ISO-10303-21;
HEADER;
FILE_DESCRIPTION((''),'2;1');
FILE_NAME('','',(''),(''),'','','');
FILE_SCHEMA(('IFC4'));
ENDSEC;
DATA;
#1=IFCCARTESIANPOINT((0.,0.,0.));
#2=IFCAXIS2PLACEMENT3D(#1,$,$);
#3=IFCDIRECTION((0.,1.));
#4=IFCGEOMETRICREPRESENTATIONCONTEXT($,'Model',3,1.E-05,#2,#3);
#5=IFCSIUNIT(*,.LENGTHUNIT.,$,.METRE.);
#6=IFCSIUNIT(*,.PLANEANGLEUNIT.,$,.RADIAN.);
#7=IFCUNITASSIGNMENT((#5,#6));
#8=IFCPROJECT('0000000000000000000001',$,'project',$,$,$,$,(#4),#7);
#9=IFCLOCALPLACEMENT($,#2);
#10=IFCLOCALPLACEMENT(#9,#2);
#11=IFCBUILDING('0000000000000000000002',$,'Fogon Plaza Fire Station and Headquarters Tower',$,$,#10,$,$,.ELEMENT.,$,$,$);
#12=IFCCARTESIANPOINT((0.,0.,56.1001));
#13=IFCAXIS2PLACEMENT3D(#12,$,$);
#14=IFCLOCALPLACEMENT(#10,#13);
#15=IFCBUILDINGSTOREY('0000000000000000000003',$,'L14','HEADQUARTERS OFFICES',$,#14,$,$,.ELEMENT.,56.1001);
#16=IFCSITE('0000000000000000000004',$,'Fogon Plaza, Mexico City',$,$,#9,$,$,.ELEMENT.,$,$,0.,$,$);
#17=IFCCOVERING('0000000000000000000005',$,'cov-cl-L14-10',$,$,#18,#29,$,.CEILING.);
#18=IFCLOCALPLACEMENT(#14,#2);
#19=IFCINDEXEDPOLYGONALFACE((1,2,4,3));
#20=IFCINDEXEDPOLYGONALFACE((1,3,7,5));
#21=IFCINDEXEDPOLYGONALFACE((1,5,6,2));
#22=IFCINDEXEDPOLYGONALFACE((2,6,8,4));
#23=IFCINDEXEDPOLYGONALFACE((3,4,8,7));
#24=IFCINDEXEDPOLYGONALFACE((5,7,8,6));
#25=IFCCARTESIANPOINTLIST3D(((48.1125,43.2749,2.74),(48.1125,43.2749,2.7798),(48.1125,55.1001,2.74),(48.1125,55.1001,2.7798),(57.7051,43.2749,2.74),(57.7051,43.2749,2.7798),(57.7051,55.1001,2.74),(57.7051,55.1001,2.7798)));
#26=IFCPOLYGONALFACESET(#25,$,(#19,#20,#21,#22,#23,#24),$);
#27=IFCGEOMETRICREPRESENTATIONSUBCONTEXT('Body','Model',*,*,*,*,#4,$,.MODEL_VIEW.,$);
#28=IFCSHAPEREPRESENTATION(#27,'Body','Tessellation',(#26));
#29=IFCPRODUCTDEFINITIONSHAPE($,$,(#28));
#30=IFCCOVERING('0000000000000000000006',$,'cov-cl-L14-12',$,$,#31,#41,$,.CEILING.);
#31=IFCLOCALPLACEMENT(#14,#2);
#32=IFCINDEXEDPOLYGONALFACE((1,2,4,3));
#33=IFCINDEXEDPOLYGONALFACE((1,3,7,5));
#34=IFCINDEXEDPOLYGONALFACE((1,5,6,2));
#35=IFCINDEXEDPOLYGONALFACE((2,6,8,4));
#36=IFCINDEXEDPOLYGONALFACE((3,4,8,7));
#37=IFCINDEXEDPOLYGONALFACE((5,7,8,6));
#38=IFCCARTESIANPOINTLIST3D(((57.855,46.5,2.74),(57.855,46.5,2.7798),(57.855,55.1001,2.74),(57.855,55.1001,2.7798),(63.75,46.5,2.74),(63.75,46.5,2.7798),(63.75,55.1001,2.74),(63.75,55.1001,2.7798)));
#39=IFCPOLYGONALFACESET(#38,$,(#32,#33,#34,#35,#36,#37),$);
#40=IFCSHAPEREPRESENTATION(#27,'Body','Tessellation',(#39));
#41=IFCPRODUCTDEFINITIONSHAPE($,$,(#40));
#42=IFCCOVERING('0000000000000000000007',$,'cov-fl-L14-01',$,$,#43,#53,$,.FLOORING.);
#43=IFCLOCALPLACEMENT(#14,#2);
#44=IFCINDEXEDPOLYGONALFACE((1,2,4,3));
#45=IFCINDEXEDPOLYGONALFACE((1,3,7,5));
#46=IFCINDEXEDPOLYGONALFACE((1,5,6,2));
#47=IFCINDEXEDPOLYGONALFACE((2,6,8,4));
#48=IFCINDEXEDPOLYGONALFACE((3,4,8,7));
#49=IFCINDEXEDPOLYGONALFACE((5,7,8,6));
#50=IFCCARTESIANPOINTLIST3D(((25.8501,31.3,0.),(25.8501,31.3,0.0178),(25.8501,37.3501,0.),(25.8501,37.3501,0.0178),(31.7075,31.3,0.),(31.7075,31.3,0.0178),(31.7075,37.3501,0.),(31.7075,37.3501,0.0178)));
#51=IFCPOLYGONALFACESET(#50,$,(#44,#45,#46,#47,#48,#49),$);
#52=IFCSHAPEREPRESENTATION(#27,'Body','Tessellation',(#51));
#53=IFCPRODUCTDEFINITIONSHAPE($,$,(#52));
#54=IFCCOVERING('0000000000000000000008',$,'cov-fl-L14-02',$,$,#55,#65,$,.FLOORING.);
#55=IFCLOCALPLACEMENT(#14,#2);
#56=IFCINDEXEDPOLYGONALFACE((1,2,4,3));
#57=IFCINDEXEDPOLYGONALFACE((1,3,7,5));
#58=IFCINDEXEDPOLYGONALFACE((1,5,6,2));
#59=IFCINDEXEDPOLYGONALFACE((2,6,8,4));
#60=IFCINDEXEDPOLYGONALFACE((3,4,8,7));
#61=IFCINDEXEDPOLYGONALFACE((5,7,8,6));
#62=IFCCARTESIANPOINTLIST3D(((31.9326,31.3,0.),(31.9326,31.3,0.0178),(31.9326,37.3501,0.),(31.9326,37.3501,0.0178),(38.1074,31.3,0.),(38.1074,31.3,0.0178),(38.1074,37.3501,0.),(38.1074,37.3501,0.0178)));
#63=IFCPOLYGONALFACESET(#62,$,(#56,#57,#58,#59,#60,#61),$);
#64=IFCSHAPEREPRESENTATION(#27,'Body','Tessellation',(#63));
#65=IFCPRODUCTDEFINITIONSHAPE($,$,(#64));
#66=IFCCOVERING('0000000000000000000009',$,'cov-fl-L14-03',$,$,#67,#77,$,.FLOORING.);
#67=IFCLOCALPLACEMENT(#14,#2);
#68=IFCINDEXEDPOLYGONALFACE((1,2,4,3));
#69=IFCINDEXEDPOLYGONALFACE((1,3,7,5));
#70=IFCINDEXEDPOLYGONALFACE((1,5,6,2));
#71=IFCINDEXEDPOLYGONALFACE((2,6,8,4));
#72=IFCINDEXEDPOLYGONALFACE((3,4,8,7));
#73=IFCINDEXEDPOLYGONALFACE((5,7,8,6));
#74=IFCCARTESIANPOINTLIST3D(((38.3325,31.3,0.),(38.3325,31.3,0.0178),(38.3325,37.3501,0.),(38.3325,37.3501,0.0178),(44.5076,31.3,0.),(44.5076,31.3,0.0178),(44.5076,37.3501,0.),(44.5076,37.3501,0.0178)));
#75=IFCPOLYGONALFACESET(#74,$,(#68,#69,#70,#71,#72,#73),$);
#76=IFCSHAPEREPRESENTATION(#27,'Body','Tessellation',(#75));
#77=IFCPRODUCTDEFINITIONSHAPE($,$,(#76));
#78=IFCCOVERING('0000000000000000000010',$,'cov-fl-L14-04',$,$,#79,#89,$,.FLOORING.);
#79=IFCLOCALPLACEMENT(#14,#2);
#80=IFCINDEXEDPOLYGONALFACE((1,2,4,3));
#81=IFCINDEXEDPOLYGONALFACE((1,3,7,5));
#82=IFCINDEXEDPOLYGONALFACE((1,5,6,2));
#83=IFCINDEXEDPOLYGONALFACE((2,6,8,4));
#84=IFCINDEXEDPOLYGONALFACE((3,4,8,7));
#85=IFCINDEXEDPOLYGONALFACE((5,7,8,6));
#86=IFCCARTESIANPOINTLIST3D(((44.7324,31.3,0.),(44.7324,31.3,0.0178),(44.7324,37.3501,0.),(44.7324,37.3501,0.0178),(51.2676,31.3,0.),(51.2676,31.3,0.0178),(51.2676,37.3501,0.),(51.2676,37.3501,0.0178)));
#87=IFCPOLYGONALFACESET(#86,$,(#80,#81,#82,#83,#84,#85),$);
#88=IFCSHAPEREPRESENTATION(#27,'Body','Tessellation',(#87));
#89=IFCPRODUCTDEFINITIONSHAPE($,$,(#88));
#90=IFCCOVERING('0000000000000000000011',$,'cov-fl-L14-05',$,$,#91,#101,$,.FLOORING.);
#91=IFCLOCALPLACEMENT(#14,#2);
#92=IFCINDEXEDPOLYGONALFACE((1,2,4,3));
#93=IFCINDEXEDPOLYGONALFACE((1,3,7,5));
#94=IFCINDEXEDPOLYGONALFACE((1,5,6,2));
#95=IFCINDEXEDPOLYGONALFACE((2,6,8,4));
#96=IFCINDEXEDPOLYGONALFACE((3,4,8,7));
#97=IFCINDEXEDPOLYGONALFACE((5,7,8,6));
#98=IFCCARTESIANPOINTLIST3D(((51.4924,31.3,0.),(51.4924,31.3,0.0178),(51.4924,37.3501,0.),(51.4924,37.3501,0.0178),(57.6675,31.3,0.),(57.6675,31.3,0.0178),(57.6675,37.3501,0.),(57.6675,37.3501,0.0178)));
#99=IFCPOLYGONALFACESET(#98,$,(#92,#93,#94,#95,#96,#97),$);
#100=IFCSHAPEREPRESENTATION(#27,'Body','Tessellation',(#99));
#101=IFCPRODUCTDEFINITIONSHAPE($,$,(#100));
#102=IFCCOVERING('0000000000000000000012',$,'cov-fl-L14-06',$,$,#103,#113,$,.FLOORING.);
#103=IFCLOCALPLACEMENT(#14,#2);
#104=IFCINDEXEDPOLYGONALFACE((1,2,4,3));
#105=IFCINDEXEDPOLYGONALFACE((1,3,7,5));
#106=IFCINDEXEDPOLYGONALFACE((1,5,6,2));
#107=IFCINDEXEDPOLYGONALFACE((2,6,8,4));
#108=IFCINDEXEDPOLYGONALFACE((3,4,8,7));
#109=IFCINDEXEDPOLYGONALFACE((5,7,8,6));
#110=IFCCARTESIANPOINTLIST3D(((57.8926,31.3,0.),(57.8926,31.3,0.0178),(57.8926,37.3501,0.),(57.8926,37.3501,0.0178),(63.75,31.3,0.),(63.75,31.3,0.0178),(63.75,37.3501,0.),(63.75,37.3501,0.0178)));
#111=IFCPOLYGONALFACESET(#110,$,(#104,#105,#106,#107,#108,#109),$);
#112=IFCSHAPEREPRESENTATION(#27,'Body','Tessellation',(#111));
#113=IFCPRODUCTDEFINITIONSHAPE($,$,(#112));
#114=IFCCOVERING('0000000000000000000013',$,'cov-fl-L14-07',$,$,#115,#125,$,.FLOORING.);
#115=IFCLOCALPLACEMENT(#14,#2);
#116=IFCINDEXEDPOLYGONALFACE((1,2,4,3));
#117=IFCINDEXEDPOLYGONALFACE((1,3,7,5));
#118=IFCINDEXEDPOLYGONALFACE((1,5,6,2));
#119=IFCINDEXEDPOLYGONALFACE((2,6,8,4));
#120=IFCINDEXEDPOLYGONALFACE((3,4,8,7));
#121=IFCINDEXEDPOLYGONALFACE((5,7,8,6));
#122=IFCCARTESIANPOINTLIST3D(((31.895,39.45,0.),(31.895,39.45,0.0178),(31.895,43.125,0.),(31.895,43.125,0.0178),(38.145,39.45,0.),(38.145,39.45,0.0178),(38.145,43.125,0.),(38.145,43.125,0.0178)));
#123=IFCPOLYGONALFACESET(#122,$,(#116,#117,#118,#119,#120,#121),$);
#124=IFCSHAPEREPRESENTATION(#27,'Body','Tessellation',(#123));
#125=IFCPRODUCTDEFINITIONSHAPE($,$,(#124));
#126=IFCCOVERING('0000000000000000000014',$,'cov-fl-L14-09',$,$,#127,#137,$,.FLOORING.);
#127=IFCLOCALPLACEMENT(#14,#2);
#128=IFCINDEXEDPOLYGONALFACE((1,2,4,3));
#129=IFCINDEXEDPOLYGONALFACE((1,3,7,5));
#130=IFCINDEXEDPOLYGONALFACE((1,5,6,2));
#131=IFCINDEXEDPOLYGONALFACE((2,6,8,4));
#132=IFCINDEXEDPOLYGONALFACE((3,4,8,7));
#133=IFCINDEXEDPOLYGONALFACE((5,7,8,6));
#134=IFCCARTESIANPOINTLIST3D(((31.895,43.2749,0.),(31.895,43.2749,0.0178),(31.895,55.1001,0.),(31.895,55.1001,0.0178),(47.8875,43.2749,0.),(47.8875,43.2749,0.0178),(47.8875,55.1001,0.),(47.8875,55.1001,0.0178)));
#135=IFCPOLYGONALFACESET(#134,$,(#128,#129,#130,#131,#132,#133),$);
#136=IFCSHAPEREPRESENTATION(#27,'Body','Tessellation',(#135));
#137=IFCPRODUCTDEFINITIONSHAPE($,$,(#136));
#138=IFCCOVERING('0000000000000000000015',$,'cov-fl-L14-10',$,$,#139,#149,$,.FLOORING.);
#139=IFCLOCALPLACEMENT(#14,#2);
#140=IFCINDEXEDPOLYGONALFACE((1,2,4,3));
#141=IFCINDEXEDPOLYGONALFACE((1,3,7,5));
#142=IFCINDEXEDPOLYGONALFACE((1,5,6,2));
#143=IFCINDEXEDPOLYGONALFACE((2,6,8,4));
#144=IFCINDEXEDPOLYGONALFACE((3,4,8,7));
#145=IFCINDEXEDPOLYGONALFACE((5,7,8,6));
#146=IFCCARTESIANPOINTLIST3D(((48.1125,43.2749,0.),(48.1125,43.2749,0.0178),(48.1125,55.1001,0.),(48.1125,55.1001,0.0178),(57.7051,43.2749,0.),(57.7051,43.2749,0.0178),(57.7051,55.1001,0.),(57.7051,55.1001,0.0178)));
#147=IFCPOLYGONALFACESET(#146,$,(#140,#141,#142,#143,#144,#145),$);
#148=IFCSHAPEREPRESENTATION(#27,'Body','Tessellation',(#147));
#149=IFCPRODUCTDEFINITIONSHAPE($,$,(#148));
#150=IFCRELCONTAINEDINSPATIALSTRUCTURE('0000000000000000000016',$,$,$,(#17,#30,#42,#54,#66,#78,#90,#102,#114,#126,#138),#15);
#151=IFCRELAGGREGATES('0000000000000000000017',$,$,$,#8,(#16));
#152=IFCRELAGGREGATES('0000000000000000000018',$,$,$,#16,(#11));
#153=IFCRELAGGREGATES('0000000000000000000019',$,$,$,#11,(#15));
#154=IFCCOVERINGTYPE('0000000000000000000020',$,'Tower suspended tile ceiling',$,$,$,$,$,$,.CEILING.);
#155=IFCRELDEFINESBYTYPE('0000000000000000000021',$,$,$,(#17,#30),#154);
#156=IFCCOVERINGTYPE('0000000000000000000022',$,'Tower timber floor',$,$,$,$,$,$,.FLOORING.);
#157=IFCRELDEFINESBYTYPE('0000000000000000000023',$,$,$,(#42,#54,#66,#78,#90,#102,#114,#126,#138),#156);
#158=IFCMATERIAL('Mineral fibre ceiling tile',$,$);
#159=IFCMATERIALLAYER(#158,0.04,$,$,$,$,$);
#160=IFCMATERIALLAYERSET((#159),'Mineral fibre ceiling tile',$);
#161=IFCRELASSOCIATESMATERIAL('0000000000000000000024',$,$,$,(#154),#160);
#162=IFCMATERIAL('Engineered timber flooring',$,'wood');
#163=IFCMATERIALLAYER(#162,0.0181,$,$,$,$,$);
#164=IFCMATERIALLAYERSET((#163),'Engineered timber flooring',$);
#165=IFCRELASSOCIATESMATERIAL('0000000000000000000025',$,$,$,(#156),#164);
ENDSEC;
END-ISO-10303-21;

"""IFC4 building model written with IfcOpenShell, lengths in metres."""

from ifc_helpers import new_model, si_unit, direction, frame, origin, place, context, subcontext, project, spatial, polyline, outline, extrude, material, layer, layer_set, type_object, element, save


model = new_model("IFC4")

# Units and contexts
model_context = context("Model", 3, precision=1e-05, world=origin(), true_north=direction((0.0, 1.0)))
body_context = subcontext(model_context, "Body", "Model", "MODEL_VIEW")
ifc_project = project(units=[si_unit("LENGTHUNIT", "METRE"), si_unit("PLANEANGLEUNIT", "RADIAN")], contexts=[model_context])

# Site, building, storey
site_placement = place(None, origin())
site = spatial("IfcSite", under=ifc_project, at=site_placement, Name="Fogon Plaza, Mexico City", CompositionType="ELEMENT", RefElevation=0.0)
building_placement = place(site_placement, origin())
building = spatial("IfcBuilding", under=site, at=building_placement, Name="Fogon Plaza Fire Station and Headquarters Tower", CompositionType="ELEMENT")
storey_placement = place(building_placement, frame((0.0, 0.0, 56.1001)))
storey = spatial("IfcBuildingStorey", under=building, at=storey_placement, Name="L14", Description="HEADQUARTERS OFFICES", CompositionType="ELEMENT", Elevation=56.1001)

# Coverings
ifc_material_1 = material(Name="Mineral fibre ceiling tile")
ifc_layer_1 = layer(ifc_material_1, 0.04)
ifc_layer_set_1 = layer_set([ifc_layer_1], Name="Mineral fibre ceiling tile")
covering_type_1 = type_object("IfcCoveringType", Name="Tower suspended tile ceiling", PredefinedType="CEILING", material=ifc_layer_set_1)
covering_1_placement = place(storey_placement, frame((0.0, 0.0, 2.74)))
element("IfcCovering", 1, at=covering_1_placement, inside=storey, type_object=covering_type_1, Name="cov-cl-L14-10", PredefinedType="CEILING", context=body_context, shape_type="SweptSolid", body=[
    extrude(outline(polyline([(57.7051, 43.2749), (57.7051, 55.1001), (48.1125, 55.1001), (48.1125, 43.2749), (57.7051, 43.2749)])), origin(), (0.0, 0.0, 1.0), 0.0398),
])
covering_2_placement = place(storey_placement, frame((0.0, 0.0, 2.74)))
element("IfcCovering", 2, at=covering_2_placement, inside=storey, type_object=covering_type_1, Name="cov-cl-L14-12", PredefinedType="CEILING", context=body_context, shape_type="SweptSolid", body=[
    extrude(outline(polyline([(63.75, 46.5), (63.75, 55.1001), (57.855, 55.1001), (57.855, 46.5), (63.75, 46.5)])), origin(), (0.0, 0.0, 1.0), 0.0398),
])
ifc_material_2 = material(Name="Engineered timber flooring", Category="wood")
ifc_layer_2 = layer(ifc_material_2, 0.0181)
ifc_layer_set_2 = layer_set([ifc_layer_2], Name="Engineered timber flooring")
covering_type_2 = type_object("IfcCoveringType", Name="Tower timber floor", PredefinedType="FLOORING", material=ifc_layer_set_2)
covering_3_placement = place(storey_placement, origin())
element("IfcCovering", 3, at=covering_3_placement, inside=storey, type_object=covering_type_2, Name="cov-fl-L14-01", PredefinedType="FLOORING", context=body_context, shape_type="SweptSolid", body=[
    extrude(outline(polyline([(31.7075, 31.3), (31.7075, 37.3501), (25.8501, 37.3501), (25.8501, 31.3), (31.7075, 31.3)])), origin(), (0.0, 0.0, 1.0), 0.0178),
])
covering_4_placement = place(storey_placement, origin())
element("IfcCovering", 4, at=covering_4_placement, inside=storey, type_object=covering_type_2, Name="cov-fl-L14-02", PredefinedType="FLOORING", context=body_context, shape_type="SweptSolid", body=[
    extrude(outline(polyline([(38.1074, 31.3), (38.1074, 37.3501), (31.9326, 37.3501), (31.9326, 31.3), (38.1074, 31.3)])), origin(), (0.0, 0.0, 1.0), 0.0178),
])
covering_5_placement = place(storey_placement, origin())
element("IfcCovering", 5, at=covering_5_placement, inside=storey, type_object=covering_type_2, Name="cov-fl-L14-03", PredefinedType="FLOORING", context=body_context, shape_type="SweptSolid", body=[
    extrude(outline(polyline([(44.5076, 31.3), (44.5076, 37.3501), (38.3325, 37.3501), (38.3325, 31.3), (44.5076, 31.3)])), origin(), (0.0, 0.0, 1.0), 0.0178),
])
covering_6_placement = place(storey_placement, origin())
element("IfcCovering", 6, at=covering_6_placement, inside=storey, type_object=covering_type_2, Name="cov-fl-L14-04", PredefinedType="FLOORING", context=body_context, shape_type="SweptSolid", body=[
    extrude(outline(polyline([(51.2676, 31.3), (51.2676, 37.3501), (44.7324, 37.3501), (44.7324, 31.3), (51.2676, 31.3)])), origin(), (0.0, 0.0, 1.0), 0.0178),
])
covering_7_placement = place(storey_placement, origin())
element("IfcCovering", 7, at=covering_7_placement, inside=storey, type_object=covering_type_2, Name="cov-fl-L14-05", PredefinedType="FLOORING", context=body_context, shape_type="SweptSolid", body=[
    extrude(outline(polyline([(57.6675, 31.3), (57.6675, 37.3501), (51.4924, 37.3501), (51.4924, 31.3), (57.6675, 31.3)])), origin(), (0.0, 0.0, 1.0), 0.0178),
])
covering_8_placement = place(storey_placement, origin())
element("IfcCovering", 8, at=covering_8_placement, inside=storey, type_object=covering_type_2, Name="cov-fl-L14-06", PredefinedType="FLOORING", context=body_context, shape_type="SweptSolid", body=[
    extrude(outline(polyline([(63.75, 31.3), (63.75, 37.3501), (57.8926, 37.3501), (57.8926, 31.3), (63.75, 31.3)])), origin(), (0.0, 0.0, 1.0), 0.0178),
])
covering_9_placement = place(storey_placement, origin())
element("IfcCovering", 9, at=covering_9_placement, inside=storey, type_object=covering_type_2, Name="cov-fl-L14-07", PredefinedType="FLOORING", context=body_context, shape_type="SweptSolid", body=[
    extrude(outline(polyline([(38.145, 39.45), (38.145, 43.125), (31.895, 43.125), (31.895, 39.45), (38.145, 39.45)])), origin(), (0.0, 0.0, 1.0), 0.0178),
])
covering_10_placement = place(storey_placement, origin())
element("IfcCovering", 10, at=covering_10_placement, inside=storey, type_object=covering_type_2, Name="cov-fl-L14-09", PredefinedType="FLOORING", context=body_context, shape_type="SweptSolid", body=[
    extrude(outline(polyline([(47.8875, 43.2749), (47.8875, 55.1001), (31.895, 55.1001), (31.895, 43.2749), (47.8875, 43.2749)])), origin(), (0.0, 0.0, 1.0), 0.0178),
])
covering_11_placement = place(storey_placement, origin())
element("IfcCovering", 11, at=covering_11_placement, inside=storey, type_object=covering_type_2, Name="cov-fl-L14-10", PredefinedType="FLOORING", context=body_context, shape_type="SweptSolid", body=[
    extrude(outline(polyline([(57.7051, 43.2749), (57.7051, 55.1001), (48.1125, 55.1001), (48.1125, 43.2749), (57.7051, 43.2749)])), origin(), (0.0, 0.0, 1.0), 0.0178),
])

save(model, "model.ifc")
